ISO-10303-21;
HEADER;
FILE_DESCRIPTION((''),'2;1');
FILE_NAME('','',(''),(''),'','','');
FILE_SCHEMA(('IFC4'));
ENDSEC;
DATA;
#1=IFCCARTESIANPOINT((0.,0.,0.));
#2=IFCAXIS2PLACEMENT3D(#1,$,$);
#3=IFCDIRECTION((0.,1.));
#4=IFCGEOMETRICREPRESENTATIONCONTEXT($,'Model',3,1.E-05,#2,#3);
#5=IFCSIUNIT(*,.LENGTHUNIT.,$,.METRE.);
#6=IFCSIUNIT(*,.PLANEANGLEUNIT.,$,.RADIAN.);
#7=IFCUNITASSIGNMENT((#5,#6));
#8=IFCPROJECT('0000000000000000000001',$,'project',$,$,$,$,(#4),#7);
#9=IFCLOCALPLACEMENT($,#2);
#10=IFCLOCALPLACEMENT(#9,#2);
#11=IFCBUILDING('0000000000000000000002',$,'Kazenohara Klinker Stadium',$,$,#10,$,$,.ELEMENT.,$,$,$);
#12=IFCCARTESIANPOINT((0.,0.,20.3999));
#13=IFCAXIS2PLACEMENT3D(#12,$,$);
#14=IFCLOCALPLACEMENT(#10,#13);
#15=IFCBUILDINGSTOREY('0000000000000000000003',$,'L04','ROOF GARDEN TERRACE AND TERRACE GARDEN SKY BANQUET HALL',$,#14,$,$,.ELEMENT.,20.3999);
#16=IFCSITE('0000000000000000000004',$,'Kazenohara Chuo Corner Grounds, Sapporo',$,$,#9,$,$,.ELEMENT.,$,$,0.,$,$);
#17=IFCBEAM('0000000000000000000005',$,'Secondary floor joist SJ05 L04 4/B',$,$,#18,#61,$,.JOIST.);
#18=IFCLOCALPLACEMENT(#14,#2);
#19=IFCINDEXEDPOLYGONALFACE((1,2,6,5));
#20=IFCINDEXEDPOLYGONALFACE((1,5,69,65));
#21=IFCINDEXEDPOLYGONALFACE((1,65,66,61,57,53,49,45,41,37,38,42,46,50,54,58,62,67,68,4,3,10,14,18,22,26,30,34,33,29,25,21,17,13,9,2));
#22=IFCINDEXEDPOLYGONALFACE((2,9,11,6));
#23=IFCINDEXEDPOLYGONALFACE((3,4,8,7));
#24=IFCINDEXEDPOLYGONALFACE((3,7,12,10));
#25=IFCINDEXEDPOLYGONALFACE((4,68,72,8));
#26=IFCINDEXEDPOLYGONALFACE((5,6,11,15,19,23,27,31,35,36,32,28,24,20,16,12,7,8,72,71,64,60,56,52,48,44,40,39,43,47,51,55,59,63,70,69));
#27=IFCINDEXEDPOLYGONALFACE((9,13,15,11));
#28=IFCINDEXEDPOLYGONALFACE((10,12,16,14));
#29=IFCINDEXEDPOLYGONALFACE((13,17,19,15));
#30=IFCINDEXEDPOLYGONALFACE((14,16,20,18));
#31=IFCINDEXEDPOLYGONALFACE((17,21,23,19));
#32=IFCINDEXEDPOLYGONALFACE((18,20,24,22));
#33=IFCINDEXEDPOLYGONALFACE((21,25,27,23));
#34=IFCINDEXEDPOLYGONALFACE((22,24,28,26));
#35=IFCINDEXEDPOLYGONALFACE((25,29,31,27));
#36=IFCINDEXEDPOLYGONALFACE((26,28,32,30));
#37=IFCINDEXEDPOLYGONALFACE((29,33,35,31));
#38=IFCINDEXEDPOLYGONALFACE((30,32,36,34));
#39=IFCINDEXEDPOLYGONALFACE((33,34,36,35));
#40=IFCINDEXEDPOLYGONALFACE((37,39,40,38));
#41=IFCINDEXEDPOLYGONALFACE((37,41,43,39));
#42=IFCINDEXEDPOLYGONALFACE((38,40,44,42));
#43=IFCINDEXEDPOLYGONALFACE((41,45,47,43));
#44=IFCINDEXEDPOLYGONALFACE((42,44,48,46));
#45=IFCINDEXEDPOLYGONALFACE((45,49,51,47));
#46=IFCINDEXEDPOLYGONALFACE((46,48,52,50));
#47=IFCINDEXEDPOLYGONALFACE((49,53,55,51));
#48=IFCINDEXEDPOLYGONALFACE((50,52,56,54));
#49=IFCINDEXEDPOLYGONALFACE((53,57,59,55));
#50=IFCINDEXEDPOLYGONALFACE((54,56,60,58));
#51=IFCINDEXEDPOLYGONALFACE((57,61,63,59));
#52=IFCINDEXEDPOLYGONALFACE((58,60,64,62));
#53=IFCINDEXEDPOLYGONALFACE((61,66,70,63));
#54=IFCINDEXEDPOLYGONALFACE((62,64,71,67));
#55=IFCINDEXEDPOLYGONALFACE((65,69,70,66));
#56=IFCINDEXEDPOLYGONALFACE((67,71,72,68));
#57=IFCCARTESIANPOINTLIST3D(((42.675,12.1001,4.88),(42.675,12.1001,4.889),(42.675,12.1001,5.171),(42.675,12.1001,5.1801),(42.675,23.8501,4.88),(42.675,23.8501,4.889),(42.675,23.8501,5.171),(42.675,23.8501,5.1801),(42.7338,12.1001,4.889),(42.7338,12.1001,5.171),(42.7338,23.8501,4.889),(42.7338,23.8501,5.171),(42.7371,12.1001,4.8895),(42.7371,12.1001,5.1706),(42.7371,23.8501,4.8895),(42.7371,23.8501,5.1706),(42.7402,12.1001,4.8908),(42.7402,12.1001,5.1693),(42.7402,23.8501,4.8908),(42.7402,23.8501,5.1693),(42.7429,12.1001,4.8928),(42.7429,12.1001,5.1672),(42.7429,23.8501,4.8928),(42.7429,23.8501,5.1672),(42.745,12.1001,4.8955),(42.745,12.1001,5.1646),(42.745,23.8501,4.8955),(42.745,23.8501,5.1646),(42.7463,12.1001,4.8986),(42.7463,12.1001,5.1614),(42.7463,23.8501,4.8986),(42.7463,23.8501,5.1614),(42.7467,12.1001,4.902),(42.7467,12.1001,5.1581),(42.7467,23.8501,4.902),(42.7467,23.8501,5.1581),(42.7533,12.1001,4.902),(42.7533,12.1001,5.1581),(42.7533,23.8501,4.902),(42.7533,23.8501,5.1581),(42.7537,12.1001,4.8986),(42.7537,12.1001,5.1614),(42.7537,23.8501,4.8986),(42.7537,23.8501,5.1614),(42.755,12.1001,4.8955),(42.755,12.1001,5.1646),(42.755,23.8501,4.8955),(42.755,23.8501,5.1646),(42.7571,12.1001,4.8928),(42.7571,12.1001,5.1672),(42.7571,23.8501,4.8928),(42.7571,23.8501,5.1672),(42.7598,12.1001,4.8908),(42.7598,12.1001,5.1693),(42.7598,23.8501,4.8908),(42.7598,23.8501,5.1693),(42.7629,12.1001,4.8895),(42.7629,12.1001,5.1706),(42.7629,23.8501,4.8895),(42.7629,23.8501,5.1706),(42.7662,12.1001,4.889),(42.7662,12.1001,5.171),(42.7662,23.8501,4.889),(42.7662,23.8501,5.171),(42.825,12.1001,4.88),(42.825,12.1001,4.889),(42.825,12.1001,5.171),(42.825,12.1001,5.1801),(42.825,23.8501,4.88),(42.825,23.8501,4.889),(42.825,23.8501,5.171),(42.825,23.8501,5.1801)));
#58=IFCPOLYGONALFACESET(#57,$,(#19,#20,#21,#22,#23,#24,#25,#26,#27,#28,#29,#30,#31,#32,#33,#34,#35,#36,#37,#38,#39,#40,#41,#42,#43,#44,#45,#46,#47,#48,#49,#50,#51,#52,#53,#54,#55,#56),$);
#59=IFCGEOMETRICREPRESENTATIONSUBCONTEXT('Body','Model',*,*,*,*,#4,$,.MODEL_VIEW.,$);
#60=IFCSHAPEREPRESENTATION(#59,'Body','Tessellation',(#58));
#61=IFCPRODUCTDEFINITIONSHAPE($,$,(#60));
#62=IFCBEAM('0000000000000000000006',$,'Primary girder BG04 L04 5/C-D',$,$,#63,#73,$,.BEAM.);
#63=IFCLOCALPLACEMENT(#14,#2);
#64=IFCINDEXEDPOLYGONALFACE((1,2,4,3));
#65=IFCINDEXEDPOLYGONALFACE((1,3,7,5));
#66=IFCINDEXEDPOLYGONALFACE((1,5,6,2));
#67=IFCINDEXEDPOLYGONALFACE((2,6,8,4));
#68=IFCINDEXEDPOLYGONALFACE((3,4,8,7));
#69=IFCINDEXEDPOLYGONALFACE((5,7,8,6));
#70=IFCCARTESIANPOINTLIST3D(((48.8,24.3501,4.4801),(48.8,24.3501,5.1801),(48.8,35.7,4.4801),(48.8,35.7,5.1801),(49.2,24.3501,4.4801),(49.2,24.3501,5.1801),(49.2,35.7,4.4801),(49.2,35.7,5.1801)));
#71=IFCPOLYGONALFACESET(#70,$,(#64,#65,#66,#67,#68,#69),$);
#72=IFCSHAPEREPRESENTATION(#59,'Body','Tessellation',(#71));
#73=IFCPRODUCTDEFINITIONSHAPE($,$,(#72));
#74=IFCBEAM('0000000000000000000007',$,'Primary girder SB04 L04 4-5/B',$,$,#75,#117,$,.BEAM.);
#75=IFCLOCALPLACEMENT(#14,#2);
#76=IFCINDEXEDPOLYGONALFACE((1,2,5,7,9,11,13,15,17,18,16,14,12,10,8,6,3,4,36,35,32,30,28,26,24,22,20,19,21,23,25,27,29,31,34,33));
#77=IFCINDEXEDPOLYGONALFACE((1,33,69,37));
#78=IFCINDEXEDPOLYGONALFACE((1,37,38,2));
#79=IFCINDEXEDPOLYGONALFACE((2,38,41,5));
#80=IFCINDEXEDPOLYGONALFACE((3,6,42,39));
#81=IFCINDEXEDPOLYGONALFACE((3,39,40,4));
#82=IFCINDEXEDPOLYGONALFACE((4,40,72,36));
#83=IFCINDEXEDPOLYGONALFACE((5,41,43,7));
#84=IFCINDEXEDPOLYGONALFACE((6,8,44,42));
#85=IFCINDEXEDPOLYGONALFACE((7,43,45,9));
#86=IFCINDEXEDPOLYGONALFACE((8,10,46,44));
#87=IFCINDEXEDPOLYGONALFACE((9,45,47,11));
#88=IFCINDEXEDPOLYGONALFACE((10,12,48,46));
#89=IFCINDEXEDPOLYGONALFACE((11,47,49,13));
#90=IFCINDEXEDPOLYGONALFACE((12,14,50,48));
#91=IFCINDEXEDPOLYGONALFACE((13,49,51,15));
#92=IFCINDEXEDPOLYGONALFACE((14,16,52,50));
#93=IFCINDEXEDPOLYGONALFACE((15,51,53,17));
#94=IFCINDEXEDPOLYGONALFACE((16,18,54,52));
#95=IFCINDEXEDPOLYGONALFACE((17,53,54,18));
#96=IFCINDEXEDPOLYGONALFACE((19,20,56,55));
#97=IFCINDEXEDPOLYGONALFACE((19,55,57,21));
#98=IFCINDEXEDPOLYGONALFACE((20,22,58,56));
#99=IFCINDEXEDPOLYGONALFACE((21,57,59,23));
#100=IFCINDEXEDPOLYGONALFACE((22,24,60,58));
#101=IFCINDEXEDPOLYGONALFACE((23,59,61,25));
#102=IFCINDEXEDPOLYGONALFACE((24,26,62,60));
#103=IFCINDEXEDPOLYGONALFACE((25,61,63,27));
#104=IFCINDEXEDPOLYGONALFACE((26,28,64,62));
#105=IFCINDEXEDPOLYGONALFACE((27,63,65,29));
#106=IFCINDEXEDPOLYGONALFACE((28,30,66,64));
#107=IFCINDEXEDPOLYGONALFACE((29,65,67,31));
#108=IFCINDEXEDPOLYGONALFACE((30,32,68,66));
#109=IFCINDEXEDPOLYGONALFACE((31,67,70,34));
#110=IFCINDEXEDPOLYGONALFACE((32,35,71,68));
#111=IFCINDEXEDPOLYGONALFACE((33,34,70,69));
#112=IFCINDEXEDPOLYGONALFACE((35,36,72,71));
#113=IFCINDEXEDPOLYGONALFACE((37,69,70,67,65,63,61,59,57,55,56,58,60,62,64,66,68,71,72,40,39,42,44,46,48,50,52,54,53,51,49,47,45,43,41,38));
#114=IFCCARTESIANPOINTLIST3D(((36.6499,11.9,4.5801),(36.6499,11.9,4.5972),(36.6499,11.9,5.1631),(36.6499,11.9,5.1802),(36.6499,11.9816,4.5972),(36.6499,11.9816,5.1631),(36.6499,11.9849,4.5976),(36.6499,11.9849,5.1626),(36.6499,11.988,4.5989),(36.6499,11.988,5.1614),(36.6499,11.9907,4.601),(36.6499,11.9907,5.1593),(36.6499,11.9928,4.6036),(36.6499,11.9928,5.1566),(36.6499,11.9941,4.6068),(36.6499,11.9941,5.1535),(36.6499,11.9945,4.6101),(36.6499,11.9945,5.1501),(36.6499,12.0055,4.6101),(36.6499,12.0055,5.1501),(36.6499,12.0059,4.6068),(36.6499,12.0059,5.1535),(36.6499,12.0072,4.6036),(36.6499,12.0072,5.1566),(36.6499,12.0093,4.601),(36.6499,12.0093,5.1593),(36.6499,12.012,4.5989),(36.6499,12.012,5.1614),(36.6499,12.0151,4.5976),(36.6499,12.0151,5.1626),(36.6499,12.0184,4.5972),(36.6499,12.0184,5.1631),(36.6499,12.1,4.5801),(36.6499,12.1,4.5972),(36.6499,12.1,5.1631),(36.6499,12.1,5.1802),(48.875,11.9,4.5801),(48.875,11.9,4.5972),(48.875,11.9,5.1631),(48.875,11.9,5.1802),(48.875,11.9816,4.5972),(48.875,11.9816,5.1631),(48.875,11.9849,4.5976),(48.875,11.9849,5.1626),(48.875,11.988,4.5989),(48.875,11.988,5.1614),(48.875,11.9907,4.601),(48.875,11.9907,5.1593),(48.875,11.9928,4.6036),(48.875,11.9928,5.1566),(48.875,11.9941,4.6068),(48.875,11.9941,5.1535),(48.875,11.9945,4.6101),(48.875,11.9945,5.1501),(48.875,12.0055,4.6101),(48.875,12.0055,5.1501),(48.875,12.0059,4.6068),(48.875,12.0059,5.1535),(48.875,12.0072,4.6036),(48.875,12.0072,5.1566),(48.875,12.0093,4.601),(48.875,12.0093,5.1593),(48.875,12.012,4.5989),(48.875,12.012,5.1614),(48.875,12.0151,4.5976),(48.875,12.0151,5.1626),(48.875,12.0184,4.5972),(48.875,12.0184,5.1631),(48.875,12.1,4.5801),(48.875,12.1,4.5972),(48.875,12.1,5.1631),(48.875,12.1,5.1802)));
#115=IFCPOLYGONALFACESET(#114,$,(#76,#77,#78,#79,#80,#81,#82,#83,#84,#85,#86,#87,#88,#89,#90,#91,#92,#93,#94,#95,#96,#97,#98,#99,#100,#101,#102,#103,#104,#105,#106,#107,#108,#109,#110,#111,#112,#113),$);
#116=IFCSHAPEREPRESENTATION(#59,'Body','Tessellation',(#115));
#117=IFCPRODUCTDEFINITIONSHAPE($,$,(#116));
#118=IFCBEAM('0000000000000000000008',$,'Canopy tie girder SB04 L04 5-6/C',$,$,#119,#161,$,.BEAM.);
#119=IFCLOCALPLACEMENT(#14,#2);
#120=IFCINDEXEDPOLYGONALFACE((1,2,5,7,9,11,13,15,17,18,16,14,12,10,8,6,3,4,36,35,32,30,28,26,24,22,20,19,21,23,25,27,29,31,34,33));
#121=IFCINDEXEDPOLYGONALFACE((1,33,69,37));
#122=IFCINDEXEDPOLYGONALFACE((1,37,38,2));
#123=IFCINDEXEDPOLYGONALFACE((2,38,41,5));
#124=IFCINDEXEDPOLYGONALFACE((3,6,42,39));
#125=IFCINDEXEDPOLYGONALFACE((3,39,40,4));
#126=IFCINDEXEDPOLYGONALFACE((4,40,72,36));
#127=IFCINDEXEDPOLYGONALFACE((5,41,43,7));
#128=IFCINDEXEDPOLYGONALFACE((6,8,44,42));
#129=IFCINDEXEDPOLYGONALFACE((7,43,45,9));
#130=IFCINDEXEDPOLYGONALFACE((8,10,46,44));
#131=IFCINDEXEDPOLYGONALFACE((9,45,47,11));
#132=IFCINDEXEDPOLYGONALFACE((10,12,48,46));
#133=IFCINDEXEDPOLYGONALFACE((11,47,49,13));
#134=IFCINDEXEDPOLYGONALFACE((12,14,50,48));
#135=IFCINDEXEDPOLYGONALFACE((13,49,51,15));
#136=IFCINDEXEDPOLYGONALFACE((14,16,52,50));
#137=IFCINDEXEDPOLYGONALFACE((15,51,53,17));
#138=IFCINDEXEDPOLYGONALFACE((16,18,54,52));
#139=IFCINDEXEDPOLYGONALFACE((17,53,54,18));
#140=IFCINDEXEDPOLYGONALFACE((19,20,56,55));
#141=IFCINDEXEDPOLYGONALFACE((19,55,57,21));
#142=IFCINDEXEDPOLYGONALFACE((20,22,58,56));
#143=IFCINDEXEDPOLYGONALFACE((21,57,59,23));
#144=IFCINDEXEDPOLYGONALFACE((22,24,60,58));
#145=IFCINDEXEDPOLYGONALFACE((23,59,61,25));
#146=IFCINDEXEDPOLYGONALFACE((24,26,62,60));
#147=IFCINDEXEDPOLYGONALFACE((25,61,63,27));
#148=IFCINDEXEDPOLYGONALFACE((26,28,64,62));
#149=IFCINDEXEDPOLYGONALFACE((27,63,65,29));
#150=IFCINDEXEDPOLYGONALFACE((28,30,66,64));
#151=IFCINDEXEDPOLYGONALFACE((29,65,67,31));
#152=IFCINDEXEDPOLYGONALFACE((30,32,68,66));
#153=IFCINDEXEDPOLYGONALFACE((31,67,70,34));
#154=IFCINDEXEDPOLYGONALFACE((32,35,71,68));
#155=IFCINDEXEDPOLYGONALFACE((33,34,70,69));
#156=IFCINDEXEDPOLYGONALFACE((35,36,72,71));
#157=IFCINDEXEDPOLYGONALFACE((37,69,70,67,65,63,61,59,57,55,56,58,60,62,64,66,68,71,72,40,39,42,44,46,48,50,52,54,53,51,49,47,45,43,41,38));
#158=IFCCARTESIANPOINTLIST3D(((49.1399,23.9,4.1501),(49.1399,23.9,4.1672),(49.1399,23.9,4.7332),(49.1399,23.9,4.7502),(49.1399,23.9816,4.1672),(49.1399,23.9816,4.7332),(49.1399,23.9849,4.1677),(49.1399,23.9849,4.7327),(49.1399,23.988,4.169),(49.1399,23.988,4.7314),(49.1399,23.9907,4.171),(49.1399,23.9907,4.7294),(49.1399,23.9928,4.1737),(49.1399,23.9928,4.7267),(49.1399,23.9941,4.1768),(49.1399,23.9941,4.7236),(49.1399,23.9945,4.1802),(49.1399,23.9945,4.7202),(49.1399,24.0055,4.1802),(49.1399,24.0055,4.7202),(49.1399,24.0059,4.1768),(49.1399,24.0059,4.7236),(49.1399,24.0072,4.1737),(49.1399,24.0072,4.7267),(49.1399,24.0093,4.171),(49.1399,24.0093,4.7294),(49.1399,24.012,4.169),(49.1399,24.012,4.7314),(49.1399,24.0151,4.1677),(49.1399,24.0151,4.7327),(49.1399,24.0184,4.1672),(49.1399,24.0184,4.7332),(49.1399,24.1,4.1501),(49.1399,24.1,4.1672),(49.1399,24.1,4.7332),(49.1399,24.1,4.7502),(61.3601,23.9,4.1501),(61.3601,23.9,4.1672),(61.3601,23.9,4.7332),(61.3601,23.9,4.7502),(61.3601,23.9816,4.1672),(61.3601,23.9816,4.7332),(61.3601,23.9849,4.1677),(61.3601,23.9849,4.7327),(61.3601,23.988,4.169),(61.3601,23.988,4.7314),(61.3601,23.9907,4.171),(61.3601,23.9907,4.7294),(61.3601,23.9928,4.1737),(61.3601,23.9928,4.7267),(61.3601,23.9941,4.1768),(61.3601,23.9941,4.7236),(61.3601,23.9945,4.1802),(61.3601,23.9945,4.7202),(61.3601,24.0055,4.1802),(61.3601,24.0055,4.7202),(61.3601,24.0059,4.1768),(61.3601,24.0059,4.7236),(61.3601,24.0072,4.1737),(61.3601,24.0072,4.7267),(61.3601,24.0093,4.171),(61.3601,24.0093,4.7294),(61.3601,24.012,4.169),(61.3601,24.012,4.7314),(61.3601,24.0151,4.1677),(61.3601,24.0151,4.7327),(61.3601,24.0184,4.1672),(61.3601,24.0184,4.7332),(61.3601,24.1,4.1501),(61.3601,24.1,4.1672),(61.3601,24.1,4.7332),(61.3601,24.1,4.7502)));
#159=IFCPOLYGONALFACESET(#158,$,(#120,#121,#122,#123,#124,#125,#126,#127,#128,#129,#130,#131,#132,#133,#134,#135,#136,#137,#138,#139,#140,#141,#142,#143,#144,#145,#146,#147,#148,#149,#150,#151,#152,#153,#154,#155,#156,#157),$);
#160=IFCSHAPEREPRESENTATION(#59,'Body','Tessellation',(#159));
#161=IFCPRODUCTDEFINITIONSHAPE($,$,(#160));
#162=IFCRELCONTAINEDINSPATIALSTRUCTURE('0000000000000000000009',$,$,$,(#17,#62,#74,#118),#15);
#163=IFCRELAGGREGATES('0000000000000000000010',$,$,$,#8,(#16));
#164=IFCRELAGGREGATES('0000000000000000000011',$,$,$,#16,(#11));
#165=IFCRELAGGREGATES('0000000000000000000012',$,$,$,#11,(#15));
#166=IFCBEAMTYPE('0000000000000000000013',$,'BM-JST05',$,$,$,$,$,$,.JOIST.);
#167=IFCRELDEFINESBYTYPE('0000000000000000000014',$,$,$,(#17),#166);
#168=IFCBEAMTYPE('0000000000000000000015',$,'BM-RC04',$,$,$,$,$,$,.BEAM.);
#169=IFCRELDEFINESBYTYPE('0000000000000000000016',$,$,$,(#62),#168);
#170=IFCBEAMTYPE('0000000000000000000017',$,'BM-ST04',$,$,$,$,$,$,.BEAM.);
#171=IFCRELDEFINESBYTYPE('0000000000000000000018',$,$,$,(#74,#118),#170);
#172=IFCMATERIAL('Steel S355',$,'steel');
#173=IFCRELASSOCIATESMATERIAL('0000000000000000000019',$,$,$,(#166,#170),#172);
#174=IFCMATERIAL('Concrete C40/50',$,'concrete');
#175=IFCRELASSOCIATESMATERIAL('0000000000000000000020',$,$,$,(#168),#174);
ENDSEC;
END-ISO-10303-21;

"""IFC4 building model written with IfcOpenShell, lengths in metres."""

from ifc_helpers import new_model, si_unit, direction, frame, origin, origin_2d, place, context, subcontext, project, spatial, rectangle, i_section, extrude, material, material_profile, profile_set, type_object, element, save


model = new_model("IFC4")

# Units and contexts
model_context = context("Model", 3, precision=1e-05, world=origin(), true_north=direction((0.0, 1.0)))
body_context = subcontext(model_context, "Body", "Model", "MODEL_VIEW")
ifc_project = project(units=[si_unit("LENGTHUNIT", "METRE"), si_unit("PLANEANGLEUNIT", "RADIAN")], contexts=[model_context])

# Site, building, storey
site_placement = place(None, origin())
site = spatial("IfcSite", under=ifc_project, at=site_placement, Name="Kazenohara Chuo Corner Grounds, Sapporo", CompositionType="ELEMENT", RefElevation=0.0)
building_placement = place(site_placement, origin())
building = spatial("IfcBuilding", under=site, at=building_placement, Name="Kazenohara Klinker Stadium", CompositionType="ELEMENT")
storey_placement = place(building_placement, frame((0.0, 0.0, 20.3999)))
storey = spatial("IfcBuildingStorey", under=building, at=storey_placement, Name="L04", Description="ROOF GARDEN TERRACE AND TERRACE GARDEN SKY BANQUET HALL", CompositionType="ELEMENT", Elevation=20.3999)

# Shared definitions
ifc_material_1 = material(Name="Concrete C40/50", Category="concrete")
ifc_material_2 = material(Name="Steel S355", Category="steel")

# Beams
ifc_material_profile_1 = material_profile(ifc_material_2, i_section(OverallWidth=0.1499, OverallDepth=0.3, WebThickness=0.0066, FlangeThickness=0.009, FilletRadius=0.0129, at=origin_2d()), Name="H-300x150x6.5x9")
ifc_profile_set_1 = profile_set([ifc_material_profile_1], Name="Steel S355")
beam_type_1 = type_object("IfcBeamType", Name="BM-JST05", PredefinedType="JOIST", material=ifc_profile_set_1)
beam_1_placement = place(storey_placement, frame((42.75, 12.1001, 5.03), z_axis=(0.0, 1.0, 0.0), x_axis=(-1.0, 0.0, 0.0)))
element("IfcBeam", 1, at=beam_1_placement, inside=storey, type_object=beam_type_1, Name="Secondary floor joist SJ05 L04 4/B", PredefinedType="JOIST", context=body_context, shape_type="SweptSolid", body=[
    extrude(i_section(OverallWidth=0.1499, OverallDepth=0.3, WebThickness=0.0066, FlangeThickness=0.009, FilletRadius=0.0129, at=origin_2d()), origin(), (0.0, 0.0, 1.0), 11.75),
])
ifc_material_profile_2 = material_profile(ifc_material_1, rectangle(XDim=0.3999, YDim=0.7, at=origin_2d()), Name="RC-BM-400x700")
ifc_profile_set_2 = profile_set([ifc_material_profile_2], Name="Concrete C40/50")
beam_type_2 = type_object("IfcBeamType", Name="BM-RC04", PredefinedType="BEAM", material=ifc_profile_set_2)
beam_2_placement = place(storey_placement, frame((49.0, 24.3501, 4.8301), z_axis=(0.0, 1.0, 0.0), x_axis=(-1.0, 0.0, 0.0)))
element("IfcBeam", 2, at=beam_2_placement, inside=storey, type_object=beam_type_2, Name="Primary girder BG04 L04 5/C-D", PredefinedType="BEAM", context=body_context, shape_type="SweptSolid", body=[
    extrude(rectangle(XDim=0.3999, YDim=0.7, at=origin_2d()), origin(), (0.0, 0.0, 1.0), 11.3499),
])
ifc_material_profile_3 = material_profile(ifc_material_2, i_section(OverallWidth=0.2, OverallDepth=0.6001, WebThickness=0.011, FlangeThickness=0.0171, FilletRadius=0.0129, at=origin_2d()), Name="H-600x200x11x17")
ifc_profile_set_3 = profile_set([ifc_material_profile_3], Name="Steel S355")
beam_type_3 = type_object("IfcBeamType", Name="BM-ST04", PredefinedType="BEAM", material=ifc_profile_set_3)
beam_3_placement = place(storey_placement, frame((36.6499, 12.0, 4.8801), z_axis=(1.0, 0.0, 0.0), x_axis=(0.0, 1.0, 0.0)))
element("IfcBeam", 3, at=beam_3_placement, inside=storey, type_object=beam_type_3, Name="Primary girder SB04 L04 4-5/B", PredefinedType="BEAM", context=body_context, shape_type="SweptSolid", body=[
    extrude(i_section(OverallWidth=0.2, OverallDepth=0.6001, WebThickness=0.011, FlangeThickness=0.0171, FilletRadius=0.0129, at=origin_2d()), origin(), (0.0, 0.0, 1.0), 12.2251),
])
for number, where, z_axis, x_axis, name in (
    (4, (49.1399, 24.0, 4.4502), (1.0, 0.0, 0.0), (0.0, 1.0, 0.0), "Canopy tie girder SB04 L04 5-6/C"),
):
    element("IfcBeam", number, at=place(storey_placement, frame(where, z_axis=z_axis, x_axis=x_axis)), inside=storey, type_object=beam_type_3, Name=name, PredefinedType="BEAM", context=body_context, shape_type="SweptSolid", body=[
        extrude(i_section(OverallWidth=0.2, OverallDepth=0.6001, WebThickness=0.011, FlangeThickness=0.0171, FilletRadius=0.0129, at=origin_2d()), origin(), (0.0, 0.0, 1.0), 12.2202),
    ])

save(model, "model.ifc")
